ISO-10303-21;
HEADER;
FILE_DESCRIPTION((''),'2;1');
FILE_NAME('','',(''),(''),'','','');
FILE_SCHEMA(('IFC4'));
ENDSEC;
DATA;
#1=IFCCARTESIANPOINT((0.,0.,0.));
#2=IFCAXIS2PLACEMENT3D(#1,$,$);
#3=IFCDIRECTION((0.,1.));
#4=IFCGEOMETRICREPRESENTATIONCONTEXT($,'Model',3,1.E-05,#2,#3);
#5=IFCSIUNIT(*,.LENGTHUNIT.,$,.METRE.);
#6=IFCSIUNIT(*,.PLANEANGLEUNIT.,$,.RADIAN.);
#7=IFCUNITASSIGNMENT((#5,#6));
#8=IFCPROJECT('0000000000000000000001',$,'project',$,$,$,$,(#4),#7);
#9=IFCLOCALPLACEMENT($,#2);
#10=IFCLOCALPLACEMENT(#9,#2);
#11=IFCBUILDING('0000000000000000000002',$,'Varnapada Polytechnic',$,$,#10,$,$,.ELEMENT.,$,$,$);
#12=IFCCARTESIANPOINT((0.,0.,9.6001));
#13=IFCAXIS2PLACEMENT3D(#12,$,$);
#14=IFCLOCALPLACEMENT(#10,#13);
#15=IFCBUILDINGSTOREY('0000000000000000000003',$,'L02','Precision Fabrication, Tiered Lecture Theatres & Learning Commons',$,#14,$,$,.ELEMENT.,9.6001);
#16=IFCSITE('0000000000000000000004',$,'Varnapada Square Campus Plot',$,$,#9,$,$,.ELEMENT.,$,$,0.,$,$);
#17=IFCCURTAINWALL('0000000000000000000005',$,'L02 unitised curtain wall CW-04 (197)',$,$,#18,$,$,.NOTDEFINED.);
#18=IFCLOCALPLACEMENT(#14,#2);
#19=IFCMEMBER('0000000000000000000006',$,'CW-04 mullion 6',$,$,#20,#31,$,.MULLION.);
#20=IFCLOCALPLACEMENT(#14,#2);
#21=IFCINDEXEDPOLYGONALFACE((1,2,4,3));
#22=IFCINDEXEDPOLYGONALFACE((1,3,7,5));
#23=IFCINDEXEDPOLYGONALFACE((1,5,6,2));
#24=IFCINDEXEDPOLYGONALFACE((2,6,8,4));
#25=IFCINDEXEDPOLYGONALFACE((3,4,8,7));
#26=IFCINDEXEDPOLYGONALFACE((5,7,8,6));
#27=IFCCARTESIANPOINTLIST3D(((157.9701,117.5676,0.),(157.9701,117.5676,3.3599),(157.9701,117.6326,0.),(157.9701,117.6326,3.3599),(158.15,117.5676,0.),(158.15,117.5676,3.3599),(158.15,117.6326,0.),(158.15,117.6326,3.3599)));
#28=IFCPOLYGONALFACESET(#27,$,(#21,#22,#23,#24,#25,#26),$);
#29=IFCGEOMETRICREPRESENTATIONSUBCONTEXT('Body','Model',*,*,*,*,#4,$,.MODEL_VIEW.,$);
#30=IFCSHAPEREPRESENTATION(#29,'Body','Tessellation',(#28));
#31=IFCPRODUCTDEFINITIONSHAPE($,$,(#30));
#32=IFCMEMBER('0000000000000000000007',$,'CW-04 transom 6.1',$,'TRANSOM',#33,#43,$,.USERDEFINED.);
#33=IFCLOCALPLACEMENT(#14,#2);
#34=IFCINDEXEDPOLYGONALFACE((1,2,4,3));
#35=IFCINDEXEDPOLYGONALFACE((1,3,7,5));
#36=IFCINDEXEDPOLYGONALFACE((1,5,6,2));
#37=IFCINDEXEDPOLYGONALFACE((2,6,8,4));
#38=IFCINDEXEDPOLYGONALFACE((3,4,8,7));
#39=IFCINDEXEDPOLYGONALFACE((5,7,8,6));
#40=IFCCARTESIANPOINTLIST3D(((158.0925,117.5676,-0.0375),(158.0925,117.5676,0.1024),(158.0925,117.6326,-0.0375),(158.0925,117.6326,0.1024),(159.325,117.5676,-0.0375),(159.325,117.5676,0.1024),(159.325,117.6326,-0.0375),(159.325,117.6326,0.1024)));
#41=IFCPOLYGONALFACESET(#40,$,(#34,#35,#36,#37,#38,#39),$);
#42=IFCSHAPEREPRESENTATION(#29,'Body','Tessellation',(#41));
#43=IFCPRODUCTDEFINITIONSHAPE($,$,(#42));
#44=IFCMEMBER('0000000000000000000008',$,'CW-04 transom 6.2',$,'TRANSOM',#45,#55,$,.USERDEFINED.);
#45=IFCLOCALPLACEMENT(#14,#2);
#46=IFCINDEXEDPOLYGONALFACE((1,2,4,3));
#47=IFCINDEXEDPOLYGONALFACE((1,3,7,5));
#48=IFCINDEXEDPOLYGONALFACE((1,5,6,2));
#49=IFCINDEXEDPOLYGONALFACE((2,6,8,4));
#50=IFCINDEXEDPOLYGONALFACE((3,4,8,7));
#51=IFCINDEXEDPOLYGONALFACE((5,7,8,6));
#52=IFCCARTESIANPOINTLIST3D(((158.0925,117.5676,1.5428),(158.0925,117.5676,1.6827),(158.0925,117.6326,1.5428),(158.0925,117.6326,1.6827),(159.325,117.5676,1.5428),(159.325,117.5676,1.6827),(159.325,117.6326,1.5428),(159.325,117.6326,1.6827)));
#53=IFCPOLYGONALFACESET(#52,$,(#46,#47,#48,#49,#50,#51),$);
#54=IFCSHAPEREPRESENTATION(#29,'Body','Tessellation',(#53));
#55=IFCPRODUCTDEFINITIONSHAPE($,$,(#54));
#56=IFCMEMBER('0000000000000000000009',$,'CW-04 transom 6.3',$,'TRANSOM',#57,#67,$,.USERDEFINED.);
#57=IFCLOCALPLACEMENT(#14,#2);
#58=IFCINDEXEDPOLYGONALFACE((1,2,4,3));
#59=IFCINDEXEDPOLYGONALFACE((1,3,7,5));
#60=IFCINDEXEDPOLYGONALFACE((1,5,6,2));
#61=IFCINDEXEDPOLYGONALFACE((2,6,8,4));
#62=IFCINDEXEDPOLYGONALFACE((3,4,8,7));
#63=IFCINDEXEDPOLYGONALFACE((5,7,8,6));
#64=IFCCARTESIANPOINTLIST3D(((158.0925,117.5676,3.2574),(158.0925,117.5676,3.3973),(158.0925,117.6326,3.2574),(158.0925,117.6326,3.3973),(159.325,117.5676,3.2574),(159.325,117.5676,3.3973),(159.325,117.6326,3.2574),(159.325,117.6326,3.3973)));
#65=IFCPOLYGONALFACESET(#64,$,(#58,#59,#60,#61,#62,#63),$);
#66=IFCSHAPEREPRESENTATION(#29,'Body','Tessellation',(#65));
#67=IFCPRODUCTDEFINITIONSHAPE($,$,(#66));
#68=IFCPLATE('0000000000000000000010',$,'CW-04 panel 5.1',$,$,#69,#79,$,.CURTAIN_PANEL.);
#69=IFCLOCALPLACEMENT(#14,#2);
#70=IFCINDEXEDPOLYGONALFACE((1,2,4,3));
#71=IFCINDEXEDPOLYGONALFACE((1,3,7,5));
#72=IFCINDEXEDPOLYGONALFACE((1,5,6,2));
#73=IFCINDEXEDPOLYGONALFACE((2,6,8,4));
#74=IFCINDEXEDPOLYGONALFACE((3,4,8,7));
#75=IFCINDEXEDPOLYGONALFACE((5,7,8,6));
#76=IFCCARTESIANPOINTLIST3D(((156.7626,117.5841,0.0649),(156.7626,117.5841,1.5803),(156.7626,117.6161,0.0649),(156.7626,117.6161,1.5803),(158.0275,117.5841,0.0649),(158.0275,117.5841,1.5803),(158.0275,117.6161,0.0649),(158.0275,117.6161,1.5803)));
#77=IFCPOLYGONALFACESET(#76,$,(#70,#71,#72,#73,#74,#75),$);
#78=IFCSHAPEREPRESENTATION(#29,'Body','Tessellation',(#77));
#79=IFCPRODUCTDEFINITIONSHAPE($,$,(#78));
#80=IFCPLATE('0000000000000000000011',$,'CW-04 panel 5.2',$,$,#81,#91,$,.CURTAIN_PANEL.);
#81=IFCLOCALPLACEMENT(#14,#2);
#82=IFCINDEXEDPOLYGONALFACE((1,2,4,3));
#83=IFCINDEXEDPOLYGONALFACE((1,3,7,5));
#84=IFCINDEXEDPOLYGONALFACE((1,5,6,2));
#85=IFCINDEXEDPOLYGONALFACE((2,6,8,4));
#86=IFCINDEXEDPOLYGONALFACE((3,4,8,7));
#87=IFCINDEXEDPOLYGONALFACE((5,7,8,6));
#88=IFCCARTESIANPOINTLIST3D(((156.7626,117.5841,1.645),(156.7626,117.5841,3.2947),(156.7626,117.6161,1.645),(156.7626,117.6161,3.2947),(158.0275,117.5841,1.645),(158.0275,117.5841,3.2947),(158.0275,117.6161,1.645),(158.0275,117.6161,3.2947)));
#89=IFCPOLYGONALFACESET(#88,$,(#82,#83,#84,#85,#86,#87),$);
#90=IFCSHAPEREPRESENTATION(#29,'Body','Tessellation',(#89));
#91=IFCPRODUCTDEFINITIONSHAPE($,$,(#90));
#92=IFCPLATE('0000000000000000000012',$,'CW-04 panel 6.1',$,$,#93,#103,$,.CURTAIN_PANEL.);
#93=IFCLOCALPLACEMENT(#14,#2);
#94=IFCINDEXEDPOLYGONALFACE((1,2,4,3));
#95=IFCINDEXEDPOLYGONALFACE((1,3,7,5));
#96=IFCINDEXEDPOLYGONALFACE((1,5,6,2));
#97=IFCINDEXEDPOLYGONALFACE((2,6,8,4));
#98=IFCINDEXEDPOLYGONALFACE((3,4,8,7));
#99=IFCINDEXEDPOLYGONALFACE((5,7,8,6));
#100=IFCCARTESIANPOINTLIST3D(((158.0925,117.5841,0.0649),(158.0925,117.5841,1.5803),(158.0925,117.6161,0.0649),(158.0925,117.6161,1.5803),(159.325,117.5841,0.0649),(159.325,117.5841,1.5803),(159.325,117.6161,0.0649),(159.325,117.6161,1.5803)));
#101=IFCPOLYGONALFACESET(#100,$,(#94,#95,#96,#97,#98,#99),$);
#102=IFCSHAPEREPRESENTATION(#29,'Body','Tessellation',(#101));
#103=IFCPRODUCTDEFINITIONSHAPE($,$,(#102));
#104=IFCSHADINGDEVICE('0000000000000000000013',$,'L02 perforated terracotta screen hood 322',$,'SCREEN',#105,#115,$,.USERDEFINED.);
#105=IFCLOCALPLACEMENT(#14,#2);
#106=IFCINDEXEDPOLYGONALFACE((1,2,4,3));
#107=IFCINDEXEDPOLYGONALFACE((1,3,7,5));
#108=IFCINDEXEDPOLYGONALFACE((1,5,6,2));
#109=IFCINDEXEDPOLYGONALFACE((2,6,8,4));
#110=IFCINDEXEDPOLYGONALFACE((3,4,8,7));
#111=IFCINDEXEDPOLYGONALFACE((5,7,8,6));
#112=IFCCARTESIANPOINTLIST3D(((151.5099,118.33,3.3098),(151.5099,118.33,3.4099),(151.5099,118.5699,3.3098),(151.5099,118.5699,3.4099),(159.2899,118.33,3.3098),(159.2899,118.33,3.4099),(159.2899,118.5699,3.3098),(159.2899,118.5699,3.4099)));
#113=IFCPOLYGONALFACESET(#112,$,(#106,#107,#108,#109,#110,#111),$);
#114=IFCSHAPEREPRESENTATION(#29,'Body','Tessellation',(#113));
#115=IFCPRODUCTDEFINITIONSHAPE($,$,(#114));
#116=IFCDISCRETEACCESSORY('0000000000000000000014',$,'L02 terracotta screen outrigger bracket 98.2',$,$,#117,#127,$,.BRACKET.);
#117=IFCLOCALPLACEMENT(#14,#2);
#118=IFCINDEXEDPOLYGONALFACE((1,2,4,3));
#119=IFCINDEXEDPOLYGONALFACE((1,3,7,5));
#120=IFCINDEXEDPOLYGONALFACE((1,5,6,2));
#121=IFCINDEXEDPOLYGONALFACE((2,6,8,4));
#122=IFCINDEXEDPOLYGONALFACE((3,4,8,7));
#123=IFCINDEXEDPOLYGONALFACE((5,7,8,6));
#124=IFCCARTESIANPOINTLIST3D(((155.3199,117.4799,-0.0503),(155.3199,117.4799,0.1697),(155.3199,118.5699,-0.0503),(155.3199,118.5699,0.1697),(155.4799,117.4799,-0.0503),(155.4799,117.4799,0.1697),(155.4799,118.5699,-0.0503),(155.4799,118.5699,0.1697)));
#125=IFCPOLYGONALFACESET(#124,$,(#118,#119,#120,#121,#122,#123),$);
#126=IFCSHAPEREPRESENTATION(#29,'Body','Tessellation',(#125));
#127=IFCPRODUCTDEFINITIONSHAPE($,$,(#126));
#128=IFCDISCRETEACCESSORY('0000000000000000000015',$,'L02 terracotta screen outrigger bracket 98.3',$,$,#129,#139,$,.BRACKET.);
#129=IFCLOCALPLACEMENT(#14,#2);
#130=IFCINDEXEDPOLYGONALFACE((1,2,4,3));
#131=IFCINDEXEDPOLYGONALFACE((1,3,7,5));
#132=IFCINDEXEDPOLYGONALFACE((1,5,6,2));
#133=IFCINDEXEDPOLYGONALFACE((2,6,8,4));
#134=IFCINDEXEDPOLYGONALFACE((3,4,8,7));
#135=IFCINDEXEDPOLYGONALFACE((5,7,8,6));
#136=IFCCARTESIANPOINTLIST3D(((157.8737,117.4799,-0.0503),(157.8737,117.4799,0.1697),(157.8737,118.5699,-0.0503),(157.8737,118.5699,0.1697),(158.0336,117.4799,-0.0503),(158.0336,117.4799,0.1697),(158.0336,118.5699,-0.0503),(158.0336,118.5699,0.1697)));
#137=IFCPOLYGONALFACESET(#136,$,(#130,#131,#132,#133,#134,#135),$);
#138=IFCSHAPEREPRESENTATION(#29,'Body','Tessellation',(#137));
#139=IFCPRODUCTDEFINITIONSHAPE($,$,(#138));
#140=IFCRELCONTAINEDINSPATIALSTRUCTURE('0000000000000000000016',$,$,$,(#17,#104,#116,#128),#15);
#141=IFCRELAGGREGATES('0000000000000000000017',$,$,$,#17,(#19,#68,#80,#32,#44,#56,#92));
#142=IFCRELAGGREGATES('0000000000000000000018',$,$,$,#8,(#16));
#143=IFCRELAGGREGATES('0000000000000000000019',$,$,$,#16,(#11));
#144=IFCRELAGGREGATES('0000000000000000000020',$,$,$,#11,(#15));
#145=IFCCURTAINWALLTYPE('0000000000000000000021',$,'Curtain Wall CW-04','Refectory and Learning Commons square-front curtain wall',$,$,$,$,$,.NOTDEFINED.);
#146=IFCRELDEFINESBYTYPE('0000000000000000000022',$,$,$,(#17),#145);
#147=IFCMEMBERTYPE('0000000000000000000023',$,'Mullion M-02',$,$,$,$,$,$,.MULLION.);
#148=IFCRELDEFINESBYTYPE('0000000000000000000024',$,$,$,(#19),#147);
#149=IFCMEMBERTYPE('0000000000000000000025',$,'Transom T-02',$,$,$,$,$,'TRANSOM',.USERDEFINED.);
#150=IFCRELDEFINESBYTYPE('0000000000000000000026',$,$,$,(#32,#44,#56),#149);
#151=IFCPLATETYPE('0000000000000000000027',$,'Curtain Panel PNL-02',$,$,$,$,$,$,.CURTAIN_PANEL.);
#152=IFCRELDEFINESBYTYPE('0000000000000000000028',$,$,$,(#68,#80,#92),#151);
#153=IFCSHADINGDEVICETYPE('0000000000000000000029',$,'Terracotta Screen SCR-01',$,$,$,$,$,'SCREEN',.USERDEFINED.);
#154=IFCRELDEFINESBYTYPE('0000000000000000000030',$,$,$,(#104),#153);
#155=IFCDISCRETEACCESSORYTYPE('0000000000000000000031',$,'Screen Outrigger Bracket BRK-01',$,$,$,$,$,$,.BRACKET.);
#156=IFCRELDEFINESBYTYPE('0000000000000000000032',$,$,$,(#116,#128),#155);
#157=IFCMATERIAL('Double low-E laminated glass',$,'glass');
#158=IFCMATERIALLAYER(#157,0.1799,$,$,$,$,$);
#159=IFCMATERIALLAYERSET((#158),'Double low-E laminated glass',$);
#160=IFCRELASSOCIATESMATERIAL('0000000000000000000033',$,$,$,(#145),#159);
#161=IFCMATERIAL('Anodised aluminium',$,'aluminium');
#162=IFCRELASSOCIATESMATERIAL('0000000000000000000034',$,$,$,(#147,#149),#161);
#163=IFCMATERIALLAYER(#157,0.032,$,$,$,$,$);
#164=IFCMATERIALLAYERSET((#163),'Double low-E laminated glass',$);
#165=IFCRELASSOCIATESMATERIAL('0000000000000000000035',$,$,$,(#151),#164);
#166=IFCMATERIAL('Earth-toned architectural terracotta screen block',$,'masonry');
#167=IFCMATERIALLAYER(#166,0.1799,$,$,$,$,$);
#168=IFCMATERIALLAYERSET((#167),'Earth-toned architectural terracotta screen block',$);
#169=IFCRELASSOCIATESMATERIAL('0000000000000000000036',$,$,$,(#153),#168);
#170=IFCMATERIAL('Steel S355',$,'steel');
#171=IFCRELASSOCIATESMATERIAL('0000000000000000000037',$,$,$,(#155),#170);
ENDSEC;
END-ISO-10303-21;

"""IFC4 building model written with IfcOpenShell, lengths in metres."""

from ifc_helpers import new_model, si_unit, direction, frame, origin, origin_2d, place, context, subcontext, project, spatial, rectangle, extrude, material, layer, layer_set, material_profile, profile_set, type_object, element, aggregate, save


model = new_model("IFC4")

# Units and contexts
model_context = context("Model", 3, precision=1e-05, world=origin(), true_north=direction((0.0, 1.0)))
body_context = subcontext(model_context, "Body", "Model", "MODEL_VIEW")
ifc_project = project(units=[si_unit("LENGTHUNIT", "METRE"), si_unit("PLANEANGLEUNIT", "RADIAN")], contexts=[model_context])

# Site, building, storey
site_placement = place(None, origin())
site = spatial("IfcSite", under=ifc_project, at=site_placement, Name="Varnapada Square Campus Plot", CompositionType="ELEMENT", RefElevation=0.0)
building_placement = place(site_placement, origin())
building = spatial("IfcBuilding", under=site, at=building_placement, Name="Varnapada Polytechnic", CompositionType="ELEMENT")
storey_placement = place(building_placement, frame((0.0, 0.0, 9.6001)))
storey = spatial("IfcBuildingStorey", under=building, at=storey_placement, Name="L02", Description="Precision Fabrication, Tiered Lecture Theatres & Learning Commons", CompositionType="ELEMENT", Elevation=9.6001)

# Curtain wall, members, plates
ifc_material_1 = material(Name="Double low-E laminated glass", Category="glass")
ifc_layer_1 = layer(ifc_material_1, 0.1799)
ifc_layer_set_1 = layer_set([ifc_layer_1], Name="Double low-E laminated glass")
curtain_wall_type = type_object("IfcCurtainWallType", Name="Curtain Wall CW-04", Description="Refectory and Learning Commons square-front curtain wall", PredefinedType="NOTDEFINED", material=ifc_layer_set_1)
curtain_wall_placement = place(storey_placement, origin())
curtain_wall = element("IfcCurtainWall", 1, at=curtain_wall_placement, inside=storey, type_object=curtain_wall_type, Name="L02 unitised curtain wall CW-04 (197)", PredefinedType="NOTDEFINED")
ifc_material_2 = material(Name="Anodised aluminium", Category="aluminium")
ifc_material_profile_1 = material_profile(ifc_material_2, rectangle(XDim=0.0649, YDim=0.1799, at=origin_2d()), Name="ALU M65x180")
ifc_profile_set_1 = profile_set([ifc_material_profile_1], Name="Anodised aluminium")
member_type_1 = type_object("IfcMemberType", Name="Mullion M-02", PredefinedType="MULLION", material=ifc_profile_set_1)
member_1_placement = place(storey_placement, frame((158.0601, 117.6001, 0.0), z_axis=(0.0, 0.0, 1.0), x_axis=(0.0, 1.0, 0.0)))
member_1 = element("IfcMember", 2, at=member_1_placement, type_object=member_type_1, Name="CW-04 mullion 6", PredefinedType="MULLION", context=body_context, shape_type="SweptSolid", body=[
    extrude(rectangle(XDim=0.0649, YDim=0.1799, at=origin_2d()), origin(), (0.0, 0.0, 1.0), 3.3599),
])
ifc_material_profile_2 = material_profile(ifc_material_2, rectangle(XDim=0.0649, YDim=0.1399, at=origin_2d()), Name="ALU T65x140")
ifc_profile_set_2 = profile_set([ifc_material_profile_2], Name="Anodised aluminium")
member_type_2 = type_object("IfcMemberType", Name="Transom T-02", ElementType="TRANSOM", PredefinedType="USERDEFINED", material=ifc_profile_set_2)
member_2_placement = place(storey_placement, frame((158.0925, 117.6001, 0.0325), z_axis=(1.0, 0.0, 0.0), x_axis=(0.0, 1.0, 0.0)))
member_2 = element("IfcMember", 3, at=member_2_placement, type_object=member_type_2, Name="CW-04 transom 6.1", ObjectType="TRANSOM", PredefinedType="USERDEFINED", context=body_context, shape_type="SweptSolid", body=[
    extrude(rectangle(XDim=0.0649, YDim=0.1399, at=origin_2d()), origin(), (0.0, 0.0, 1.0), 1.2324),
])
member_3_placement = place(storey_placement, frame((158.0925, 117.6001, 1.6128), z_axis=(1.0, 0.0, 0.0), x_axis=(0.0, 1.0, 0.0)))
member_3 = element("IfcMember", 4, at=member_3_placement, type_object=member_type_2, Name="CW-04 transom 6.2", ObjectType="TRANSOM", PredefinedType="USERDEFINED", context=body_context, shape_type="SweptSolid", body=[
    extrude(rectangle(XDim=0.0649, YDim=0.1399, at=origin_2d()), origin(), (0.0, 0.0, 1.0), 1.2324),
])
member_4_placement = place(storey_placement, frame((158.0925, 117.6001, 3.3274), z_axis=(1.0, 0.0, 0.0), x_axis=(0.0, 1.0, 0.0)))
member_4 = element("IfcMember", 5, at=member_4_placement, type_object=member_type_2, Name="CW-04 transom 6.3", ObjectType="TRANSOM", PredefinedType="USERDEFINED", context=body_context, shape_type="SweptSolid", body=[
    extrude(rectangle(XDim=0.0649, YDim=0.1399, at=origin_2d()), origin(), (0.0, 0.0, 1.0), 1.2324),
])
ifc_layer_2 = layer(ifc_material_1, 0.032)
ifc_layer_set_2 = layer_set([ifc_layer_2], Name="Double low-E laminated glass")
plate_type = type_object("IfcPlateType", Name="Curtain Panel PNL-02", PredefinedType="CURTAIN_PANEL", material=ifc_layer_set_2)
plate_1_placement = place(storey_placement, frame((157.395, 117.6001, 0.0649), z_axis=(0.0, 0.0, 1.0), x_axis=(1.0, 0.0, 0.0)))
plate_1 = element("IfcPlate", 6, at=plate_1_placement, type_object=plate_type, Name="CW-04 panel 5.1", PredefinedType="CURTAIN_PANEL", context=body_context, shape_type="SweptSolid", body=[
    extrude(rectangle(XDim=1.2649, YDim=0.032, at=origin_2d()), origin(), (0.0, 0.0, 1.0), 1.5154),
])
plate_2_placement = place(storey_placement, frame((157.395, 117.6001, 1.645), z_axis=(0.0, 0.0, 1.0), x_axis=(1.0, 0.0, 0.0)))
plate_2 = element("IfcPlate", 7, at=plate_2_placement, type_object=plate_type, Name="CW-04 panel 5.2", PredefinedType="CURTAIN_PANEL", context=body_context, shape_type="SweptSolid", body=[
    extrude(rectangle(XDim=1.2649, YDim=0.032, at=origin_2d()), origin(), (0.0, 0.0, 1.0), 1.6497),
])
plate_3_placement = place(storey_placement, frame((158.7087, 117.6001, 0.0649), z_axis=(0.0, 0.0, 1.0), x_axis=(1.0, 0.0, 0.0)))
plate_3 = element("IfcPlate", 8, at=plate_3_placement, type_object=plate_type, Name="CW-04 panel 6.1", PredefinedType="CURTAIN_PANEL", context=body_context, shape_type="SweptSolid", body=[
    extrude(rectangle(XDim=1.2324, YDim=0.032, at=origin_2d()), origin(), (0.0, 0.0, 1.0), 1.5154),
])
aggregate(curtain_wall, [member_1, plate_1, plate_2, member_2, member_3, member_4, plate_3])

# Shading device
ifc_material_3 = material(Name="Earth-toned architectural terracotta screen block", Category="masonry")
ifc_layer_3 = layer(ifc_material_3, 0.1799)
ifc_layer_set_3 = layer_set([ifc_layer_3], Name="Earth-toned architectural terracotta screen block")
shading_device_type = type_object("IfcShadingDeviceType", Name="Terracotta Screen SCR-01", ElementType="SCREEN", PredefinedType="USERDEFINED", material=ifc_layer_set_3)
shading_device_placement = place(storey_placement, frame((155.3999, 118.45, 3.3098), z_axis=(0.0, 0.0, 1.0), x_axis=(1.0, 0.0, 0.0)))
element("IfcShadingDevice", 9, at=shading_device_placement, inside=storey, type_object=shading_device_type, Name="L02 perforated terracotta screen hood 322", ObjectType="SCREEN", PredefinedType="USERDEFINED", context=body_context, shape_type="SweptSolid", body=[
    extrude(rectangle(XDim=7.78, YDim=0.24, at=origin_2d()), origin(), (0.0, 0.0, 1.0), 0.1001),
])

# Discrete accessories
ifc_material_4 = material(Name="Steel S355", Category="steel")
discrete_accessory_type = type_object("IfcDiscreteAccessoryType", Name="Screen Outrigger Bracket BRK-01", PredefinedType="BRACKET", material=ifc_material_4)
for number, where, z_axis, x_axis, name in (
    (10, (155.3999, 118.0249, -0.0503), (0.0, 0.0, 1.0), (1.0, 0.0, 0.0), "L02 terracotta screen outrigger bracket 98.2"),
    (11, (157.9536, 118.0249, -0.0503), (0.0, 0.0, 1.0), (1.0, 0.0, 0.0), "L02 terracotta screen outrigger bracket 98.3"),
):
    element("IfcDiscreteAccessory", number, at=place(storey_placement, frame(where, z_axis=z_axis, x_axis=x_axis)), inside=storey, type_object=discrete_accessory_type, Name=name, PredefinedType="BRACKET", context=body_context, shape_type="SweptSolid", body=[
        extrude(rectangle(XDim=0.1599, YDim=1.0901, at=origin_2d()), origin(), (0.0, 0.0, 1.0), 0.22),
    ])

save(model, "model.ifc")
